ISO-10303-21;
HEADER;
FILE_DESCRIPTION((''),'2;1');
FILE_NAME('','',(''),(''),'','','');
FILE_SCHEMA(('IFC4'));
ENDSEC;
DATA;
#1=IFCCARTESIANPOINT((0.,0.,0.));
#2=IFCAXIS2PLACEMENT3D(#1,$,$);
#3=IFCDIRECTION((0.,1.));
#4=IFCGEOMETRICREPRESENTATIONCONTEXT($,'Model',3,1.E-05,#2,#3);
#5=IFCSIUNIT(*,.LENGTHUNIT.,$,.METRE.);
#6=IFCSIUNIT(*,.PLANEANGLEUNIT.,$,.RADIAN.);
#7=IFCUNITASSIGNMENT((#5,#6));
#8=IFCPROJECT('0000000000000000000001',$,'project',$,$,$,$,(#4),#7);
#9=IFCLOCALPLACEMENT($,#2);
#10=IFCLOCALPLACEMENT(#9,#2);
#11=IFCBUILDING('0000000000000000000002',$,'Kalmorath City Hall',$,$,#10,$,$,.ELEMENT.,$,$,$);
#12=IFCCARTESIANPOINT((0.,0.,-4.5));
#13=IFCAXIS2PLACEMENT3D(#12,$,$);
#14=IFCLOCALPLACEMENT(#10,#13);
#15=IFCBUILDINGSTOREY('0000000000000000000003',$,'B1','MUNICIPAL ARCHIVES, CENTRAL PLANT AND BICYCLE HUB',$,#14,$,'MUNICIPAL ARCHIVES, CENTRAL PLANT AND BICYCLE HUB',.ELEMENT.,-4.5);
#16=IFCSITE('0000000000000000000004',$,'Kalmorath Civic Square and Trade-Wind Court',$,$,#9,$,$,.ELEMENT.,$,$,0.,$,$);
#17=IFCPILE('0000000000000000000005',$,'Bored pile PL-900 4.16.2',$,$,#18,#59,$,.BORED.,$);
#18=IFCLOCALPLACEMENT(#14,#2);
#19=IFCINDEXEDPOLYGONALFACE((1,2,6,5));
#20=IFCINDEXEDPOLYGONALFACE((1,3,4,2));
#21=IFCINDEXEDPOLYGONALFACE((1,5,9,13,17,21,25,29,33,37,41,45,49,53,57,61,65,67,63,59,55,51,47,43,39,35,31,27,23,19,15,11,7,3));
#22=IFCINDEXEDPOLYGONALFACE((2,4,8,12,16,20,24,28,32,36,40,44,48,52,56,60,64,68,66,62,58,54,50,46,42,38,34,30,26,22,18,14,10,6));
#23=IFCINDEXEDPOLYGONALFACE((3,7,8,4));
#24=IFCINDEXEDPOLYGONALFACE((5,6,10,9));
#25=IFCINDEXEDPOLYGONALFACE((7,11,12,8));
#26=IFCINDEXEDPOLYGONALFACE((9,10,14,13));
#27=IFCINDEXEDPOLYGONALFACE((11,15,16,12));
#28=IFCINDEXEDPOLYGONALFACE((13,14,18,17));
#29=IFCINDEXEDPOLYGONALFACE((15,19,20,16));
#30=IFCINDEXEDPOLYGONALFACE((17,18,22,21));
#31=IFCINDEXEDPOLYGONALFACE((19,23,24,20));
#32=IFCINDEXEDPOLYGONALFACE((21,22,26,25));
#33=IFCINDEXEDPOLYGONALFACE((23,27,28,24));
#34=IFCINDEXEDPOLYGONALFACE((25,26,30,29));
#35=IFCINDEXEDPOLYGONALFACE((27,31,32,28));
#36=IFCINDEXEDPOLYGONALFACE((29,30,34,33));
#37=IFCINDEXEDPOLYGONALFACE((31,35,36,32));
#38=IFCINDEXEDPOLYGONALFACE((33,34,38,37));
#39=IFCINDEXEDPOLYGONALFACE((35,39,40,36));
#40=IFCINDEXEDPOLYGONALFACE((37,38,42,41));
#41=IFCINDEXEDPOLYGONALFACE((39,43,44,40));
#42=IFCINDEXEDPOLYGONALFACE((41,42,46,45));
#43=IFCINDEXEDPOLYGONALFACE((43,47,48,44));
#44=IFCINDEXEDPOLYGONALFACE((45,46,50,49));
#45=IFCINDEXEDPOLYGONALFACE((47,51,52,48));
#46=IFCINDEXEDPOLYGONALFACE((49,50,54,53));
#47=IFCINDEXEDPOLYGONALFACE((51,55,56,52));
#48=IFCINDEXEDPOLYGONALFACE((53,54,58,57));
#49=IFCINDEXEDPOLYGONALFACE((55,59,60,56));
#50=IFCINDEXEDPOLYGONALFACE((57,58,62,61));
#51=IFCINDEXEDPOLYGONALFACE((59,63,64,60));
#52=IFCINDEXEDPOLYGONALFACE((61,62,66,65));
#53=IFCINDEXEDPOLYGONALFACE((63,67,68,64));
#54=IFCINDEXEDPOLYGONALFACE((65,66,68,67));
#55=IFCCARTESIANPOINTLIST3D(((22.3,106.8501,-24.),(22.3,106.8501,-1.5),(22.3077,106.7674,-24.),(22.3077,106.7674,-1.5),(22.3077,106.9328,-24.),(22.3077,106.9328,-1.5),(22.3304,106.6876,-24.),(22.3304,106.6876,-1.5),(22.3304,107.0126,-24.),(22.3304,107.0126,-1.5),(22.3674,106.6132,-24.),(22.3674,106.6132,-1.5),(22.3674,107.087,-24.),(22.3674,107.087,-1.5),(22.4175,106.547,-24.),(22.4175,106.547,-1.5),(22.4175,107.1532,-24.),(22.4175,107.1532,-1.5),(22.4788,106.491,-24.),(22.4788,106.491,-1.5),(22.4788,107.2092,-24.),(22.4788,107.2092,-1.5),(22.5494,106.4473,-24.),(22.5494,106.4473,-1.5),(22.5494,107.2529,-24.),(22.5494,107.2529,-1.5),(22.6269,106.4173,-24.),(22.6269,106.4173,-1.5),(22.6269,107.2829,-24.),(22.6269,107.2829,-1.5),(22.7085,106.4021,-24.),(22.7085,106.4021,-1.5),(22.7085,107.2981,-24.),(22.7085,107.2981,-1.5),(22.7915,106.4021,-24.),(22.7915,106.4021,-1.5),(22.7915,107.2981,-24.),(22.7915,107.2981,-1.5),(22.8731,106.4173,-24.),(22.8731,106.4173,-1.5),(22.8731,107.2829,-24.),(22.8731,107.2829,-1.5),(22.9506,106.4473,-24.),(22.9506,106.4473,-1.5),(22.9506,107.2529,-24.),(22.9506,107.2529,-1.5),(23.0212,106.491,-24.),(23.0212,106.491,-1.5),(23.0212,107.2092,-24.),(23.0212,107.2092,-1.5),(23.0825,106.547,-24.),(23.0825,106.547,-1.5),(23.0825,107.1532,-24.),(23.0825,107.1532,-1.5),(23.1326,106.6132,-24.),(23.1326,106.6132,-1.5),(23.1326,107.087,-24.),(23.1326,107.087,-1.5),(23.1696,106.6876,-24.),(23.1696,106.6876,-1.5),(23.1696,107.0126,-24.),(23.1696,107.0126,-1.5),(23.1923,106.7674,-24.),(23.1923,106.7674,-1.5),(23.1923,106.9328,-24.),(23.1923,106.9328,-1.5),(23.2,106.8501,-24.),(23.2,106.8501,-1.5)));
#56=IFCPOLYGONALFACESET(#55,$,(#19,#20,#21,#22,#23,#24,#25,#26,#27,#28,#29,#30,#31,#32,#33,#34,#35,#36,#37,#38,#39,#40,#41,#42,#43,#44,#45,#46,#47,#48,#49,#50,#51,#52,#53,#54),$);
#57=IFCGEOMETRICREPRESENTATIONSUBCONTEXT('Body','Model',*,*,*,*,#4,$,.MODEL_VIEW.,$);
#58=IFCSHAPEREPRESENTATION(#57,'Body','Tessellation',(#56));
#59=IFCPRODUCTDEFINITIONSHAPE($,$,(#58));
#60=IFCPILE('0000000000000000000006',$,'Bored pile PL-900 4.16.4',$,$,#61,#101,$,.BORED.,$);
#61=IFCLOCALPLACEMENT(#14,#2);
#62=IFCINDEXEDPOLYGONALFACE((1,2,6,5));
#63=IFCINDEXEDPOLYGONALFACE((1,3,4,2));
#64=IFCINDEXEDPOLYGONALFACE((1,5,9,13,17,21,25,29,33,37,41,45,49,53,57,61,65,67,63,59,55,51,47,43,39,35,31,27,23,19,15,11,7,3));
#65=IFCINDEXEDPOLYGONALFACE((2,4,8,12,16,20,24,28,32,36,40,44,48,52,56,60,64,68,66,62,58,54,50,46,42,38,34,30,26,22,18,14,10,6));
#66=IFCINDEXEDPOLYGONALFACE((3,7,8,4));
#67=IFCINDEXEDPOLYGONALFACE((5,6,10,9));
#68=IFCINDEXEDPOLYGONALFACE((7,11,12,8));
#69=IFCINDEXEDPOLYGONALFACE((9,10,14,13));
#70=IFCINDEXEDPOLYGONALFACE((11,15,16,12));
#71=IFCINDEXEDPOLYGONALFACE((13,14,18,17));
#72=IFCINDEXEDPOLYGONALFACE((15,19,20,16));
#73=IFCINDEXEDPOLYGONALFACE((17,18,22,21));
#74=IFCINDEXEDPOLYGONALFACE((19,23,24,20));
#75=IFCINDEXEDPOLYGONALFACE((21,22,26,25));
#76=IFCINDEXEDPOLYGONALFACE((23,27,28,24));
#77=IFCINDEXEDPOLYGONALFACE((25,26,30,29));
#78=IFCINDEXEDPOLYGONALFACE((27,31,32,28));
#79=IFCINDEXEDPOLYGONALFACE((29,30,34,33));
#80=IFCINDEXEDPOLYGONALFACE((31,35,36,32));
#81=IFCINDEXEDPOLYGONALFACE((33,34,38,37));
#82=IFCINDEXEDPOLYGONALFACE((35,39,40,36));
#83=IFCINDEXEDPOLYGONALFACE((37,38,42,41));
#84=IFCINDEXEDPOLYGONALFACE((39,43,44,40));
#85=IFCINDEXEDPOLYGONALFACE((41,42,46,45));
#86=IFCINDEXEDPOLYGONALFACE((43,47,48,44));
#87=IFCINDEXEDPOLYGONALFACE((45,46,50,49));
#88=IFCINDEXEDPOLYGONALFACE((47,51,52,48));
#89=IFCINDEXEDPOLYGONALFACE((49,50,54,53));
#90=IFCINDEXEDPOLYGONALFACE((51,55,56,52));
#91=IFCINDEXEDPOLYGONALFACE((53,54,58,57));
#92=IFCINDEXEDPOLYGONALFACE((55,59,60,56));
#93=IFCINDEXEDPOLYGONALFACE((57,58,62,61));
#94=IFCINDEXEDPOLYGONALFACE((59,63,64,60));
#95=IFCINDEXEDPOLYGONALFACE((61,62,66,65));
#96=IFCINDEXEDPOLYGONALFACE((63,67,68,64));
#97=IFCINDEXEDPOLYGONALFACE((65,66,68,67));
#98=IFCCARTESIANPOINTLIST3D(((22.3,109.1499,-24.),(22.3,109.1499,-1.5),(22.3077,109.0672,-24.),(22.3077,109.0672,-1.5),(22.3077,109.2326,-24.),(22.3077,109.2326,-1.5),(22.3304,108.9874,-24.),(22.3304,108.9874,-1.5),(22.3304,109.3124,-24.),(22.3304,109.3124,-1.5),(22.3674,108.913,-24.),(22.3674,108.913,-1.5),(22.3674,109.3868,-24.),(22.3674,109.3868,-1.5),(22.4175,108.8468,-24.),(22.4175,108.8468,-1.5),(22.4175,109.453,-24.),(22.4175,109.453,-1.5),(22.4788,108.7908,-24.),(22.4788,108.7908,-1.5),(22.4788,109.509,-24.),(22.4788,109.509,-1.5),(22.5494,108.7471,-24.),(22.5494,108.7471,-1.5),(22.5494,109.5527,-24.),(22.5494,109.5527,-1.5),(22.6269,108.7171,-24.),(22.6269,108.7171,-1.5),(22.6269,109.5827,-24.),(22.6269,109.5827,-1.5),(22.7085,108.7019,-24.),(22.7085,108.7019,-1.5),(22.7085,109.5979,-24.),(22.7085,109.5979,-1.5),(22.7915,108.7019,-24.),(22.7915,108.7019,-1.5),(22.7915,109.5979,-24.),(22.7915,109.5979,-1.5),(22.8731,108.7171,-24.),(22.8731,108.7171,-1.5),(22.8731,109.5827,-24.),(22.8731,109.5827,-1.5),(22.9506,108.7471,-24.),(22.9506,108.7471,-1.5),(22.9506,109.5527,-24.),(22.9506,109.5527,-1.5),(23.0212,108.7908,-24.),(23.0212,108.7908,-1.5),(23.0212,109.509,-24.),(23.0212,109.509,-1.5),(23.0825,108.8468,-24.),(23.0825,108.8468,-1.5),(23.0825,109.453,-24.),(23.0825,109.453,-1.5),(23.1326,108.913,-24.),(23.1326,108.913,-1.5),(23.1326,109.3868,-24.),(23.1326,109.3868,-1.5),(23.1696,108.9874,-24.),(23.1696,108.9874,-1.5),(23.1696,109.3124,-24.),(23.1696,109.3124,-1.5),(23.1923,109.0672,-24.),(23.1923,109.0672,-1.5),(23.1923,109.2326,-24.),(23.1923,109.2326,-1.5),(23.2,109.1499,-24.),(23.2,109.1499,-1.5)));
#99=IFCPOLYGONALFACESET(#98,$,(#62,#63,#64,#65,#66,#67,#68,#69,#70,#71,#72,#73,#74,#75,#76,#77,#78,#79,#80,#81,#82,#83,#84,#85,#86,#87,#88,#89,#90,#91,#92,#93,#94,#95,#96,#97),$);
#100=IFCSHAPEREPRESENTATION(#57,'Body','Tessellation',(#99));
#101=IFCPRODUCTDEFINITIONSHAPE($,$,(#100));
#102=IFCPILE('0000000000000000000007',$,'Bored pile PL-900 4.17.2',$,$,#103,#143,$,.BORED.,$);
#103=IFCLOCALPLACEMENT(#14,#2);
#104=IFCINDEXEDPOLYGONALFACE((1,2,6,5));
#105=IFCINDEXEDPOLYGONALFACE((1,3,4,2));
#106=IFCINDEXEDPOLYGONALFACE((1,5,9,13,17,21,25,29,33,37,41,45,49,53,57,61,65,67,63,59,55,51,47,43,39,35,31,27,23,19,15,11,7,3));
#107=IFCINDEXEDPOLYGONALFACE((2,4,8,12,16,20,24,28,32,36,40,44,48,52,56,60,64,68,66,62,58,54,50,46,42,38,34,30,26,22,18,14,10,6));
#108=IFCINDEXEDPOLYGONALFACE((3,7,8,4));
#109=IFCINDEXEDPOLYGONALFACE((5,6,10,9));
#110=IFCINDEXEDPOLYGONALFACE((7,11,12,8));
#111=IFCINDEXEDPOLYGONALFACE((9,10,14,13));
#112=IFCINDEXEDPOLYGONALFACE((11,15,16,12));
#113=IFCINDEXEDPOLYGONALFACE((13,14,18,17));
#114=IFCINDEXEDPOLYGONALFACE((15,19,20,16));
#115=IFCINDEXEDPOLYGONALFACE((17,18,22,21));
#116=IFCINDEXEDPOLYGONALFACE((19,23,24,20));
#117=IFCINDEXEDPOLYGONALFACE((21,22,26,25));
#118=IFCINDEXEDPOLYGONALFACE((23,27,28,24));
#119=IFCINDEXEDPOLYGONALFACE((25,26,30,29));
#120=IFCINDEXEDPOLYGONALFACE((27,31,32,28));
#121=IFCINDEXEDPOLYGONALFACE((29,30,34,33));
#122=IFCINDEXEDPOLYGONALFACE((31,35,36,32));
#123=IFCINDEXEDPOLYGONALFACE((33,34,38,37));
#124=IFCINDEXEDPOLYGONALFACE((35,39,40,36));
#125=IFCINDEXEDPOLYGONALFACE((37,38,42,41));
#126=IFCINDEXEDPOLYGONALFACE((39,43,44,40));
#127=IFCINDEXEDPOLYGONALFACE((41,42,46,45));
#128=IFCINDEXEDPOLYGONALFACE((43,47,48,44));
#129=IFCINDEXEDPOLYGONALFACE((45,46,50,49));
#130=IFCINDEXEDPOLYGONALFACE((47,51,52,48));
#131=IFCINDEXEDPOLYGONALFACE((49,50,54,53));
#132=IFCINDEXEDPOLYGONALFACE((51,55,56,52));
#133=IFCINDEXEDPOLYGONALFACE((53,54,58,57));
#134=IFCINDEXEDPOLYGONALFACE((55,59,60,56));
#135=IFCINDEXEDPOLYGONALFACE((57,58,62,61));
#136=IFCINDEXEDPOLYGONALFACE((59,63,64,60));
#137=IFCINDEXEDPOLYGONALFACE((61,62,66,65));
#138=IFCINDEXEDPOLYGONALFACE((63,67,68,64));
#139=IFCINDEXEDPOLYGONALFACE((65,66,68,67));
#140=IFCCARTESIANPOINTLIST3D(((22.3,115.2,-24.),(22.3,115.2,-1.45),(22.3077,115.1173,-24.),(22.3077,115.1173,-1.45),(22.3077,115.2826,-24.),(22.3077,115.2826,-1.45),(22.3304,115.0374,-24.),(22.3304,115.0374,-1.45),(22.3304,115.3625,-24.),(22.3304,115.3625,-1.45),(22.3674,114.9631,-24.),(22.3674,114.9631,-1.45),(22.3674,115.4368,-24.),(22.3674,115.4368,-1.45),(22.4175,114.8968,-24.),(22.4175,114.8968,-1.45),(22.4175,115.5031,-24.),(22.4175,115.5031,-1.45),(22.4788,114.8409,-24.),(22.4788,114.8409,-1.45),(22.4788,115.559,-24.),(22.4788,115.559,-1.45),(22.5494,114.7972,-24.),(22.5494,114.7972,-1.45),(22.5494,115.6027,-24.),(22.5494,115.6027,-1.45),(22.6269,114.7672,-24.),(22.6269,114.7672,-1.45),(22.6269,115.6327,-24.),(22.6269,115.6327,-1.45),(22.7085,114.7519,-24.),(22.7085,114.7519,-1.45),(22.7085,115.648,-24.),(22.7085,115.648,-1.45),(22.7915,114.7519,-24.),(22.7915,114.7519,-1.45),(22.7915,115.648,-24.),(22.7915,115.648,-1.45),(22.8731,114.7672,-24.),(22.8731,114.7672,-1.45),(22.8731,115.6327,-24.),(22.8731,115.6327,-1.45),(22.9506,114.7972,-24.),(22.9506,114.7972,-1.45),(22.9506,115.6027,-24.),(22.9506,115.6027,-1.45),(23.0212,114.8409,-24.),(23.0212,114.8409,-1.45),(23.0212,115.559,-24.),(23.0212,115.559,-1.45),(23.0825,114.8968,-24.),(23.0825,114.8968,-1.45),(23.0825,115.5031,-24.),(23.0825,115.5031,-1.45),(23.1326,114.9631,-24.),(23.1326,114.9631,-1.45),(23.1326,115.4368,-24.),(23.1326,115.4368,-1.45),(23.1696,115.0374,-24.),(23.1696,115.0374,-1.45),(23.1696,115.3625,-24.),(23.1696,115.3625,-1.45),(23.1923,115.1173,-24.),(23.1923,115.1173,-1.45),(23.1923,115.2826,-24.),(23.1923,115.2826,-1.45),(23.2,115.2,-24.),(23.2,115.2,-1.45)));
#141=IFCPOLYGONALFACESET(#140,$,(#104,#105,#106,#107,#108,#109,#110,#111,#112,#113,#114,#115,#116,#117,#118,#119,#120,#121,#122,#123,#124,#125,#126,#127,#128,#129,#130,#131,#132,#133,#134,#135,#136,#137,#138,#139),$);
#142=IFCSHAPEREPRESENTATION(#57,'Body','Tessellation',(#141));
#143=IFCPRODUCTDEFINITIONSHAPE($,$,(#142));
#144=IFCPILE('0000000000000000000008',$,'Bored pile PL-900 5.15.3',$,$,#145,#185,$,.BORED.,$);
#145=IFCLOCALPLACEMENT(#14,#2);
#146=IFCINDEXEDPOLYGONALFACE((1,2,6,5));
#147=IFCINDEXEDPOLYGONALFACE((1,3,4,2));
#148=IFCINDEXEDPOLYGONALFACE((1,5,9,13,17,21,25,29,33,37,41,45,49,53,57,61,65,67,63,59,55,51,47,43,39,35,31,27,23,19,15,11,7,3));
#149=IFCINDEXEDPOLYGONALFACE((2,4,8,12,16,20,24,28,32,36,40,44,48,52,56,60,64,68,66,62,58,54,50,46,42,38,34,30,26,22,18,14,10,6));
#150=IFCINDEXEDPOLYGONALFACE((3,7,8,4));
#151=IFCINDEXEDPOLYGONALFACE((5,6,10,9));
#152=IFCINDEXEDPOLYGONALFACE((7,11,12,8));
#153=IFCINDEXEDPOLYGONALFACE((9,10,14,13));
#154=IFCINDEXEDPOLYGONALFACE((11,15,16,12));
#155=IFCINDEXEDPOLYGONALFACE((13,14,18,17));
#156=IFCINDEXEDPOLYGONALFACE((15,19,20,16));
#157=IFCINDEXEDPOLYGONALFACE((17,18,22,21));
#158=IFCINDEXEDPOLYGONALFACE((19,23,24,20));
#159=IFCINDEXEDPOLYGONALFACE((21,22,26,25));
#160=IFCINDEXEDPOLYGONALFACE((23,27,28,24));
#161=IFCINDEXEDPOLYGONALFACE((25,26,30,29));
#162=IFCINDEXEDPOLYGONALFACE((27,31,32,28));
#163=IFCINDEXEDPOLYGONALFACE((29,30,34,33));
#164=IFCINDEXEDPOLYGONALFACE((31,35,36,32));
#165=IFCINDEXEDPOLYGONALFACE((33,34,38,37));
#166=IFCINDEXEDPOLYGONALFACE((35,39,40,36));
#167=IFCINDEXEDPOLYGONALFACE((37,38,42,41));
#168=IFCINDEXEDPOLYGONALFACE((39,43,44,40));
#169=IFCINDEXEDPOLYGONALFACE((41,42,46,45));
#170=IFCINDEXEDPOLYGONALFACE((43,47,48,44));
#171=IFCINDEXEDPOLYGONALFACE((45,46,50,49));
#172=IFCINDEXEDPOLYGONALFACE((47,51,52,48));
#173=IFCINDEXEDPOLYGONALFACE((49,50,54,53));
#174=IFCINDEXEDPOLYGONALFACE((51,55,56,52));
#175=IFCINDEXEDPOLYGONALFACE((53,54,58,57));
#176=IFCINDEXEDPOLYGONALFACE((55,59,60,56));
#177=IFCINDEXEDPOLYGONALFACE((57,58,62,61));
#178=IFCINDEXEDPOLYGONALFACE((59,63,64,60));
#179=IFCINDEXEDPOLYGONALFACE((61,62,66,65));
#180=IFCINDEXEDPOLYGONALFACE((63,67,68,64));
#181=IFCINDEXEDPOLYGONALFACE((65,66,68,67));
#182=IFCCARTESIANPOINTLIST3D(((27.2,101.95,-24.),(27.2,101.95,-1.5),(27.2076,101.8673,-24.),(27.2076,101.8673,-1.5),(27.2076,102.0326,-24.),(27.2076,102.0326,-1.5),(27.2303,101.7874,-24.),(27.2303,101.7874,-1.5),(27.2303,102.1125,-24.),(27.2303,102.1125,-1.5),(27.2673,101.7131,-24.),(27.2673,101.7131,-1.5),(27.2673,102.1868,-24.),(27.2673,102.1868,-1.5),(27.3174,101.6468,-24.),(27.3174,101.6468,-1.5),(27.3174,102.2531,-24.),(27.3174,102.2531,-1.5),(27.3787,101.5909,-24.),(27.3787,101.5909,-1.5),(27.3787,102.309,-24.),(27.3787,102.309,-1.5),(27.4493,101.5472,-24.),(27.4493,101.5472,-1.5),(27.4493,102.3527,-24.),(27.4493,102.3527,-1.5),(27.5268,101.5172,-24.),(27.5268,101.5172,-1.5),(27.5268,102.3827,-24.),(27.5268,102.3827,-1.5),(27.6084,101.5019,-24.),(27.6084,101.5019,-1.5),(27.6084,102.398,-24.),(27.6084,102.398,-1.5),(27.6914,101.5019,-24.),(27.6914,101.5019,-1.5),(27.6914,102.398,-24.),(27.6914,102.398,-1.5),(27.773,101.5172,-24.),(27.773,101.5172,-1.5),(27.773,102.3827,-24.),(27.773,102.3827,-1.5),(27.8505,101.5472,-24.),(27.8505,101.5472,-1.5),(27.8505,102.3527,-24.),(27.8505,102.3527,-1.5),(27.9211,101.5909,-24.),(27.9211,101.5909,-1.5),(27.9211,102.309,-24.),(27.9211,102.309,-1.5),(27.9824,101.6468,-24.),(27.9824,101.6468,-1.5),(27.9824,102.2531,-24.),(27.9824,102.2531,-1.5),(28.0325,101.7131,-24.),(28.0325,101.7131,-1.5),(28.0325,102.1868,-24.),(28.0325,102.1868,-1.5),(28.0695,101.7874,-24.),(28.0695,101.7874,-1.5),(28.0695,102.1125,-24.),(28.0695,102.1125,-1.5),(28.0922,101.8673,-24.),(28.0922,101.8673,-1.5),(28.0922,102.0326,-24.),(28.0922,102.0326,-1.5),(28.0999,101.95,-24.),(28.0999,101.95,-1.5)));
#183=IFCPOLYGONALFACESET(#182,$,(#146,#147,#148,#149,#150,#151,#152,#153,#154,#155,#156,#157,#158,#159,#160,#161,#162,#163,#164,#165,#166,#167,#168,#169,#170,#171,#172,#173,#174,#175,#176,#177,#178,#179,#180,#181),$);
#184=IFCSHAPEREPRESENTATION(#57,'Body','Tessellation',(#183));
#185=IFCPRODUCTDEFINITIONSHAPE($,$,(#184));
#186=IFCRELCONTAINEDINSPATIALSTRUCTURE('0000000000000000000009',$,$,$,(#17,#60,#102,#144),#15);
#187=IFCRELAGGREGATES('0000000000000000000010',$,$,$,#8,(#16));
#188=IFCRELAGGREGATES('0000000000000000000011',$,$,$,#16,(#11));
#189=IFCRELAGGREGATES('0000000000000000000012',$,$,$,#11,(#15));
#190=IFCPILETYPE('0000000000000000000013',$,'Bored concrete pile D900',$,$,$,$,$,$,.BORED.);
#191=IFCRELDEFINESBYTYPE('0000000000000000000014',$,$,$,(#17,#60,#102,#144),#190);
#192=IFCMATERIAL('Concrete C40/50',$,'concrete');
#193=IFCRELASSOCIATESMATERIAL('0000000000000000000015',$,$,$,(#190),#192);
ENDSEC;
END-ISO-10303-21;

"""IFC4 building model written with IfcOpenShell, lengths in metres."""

from ifc_helpers import new_model, si_unit, direction, frame, origin, origin_2d, place, context, subcontext, project, spatial, circle, extrude, material, material_profile, profile_set, type_object, element, save


model = new_model("IFC4")

# Units and contexts
model_context = context("Model", 3, precision=1e-05, world=origin(), true_north=direction((0.0, 1.0)))
body_context = subcontext(model_context, "Body", "Model", "MODEL_VIEW")
ifc_project = project(units=[si_unit("LENGTHUNIT", "METRE"), si_unit("PLANEANGLEUNIT", "RADIAN")], contexts=[model_context])

# Site, building, storey
site_placement = place(None, origin())
site = spatial("IfcSite", under=ifc_project, at=site_placement, Name="Kalmorath Civic Square and Trade-Wind Court", CompositionType="ELEMENT", RefElevation=0.0)
building_placement = place(site_placement, origin())
building = spatial("IfcBuilding", under=site, at=building_placement, Name="Kalmorath City Hall", CompositionType="ELEMENT")
storey_placement = place(building_placement, frame((0.0, 0.0, -4.5)))
storey = spatial("IfcBuildingStorey", under=building, at=storey_placement, Name="B1", Description="MUNICIPAL ARCHIVES, CENTRAL PLANT AND BICYCLE HUB", LongName="MUNICIPAL ARCHIVES, CENTRAL PLANT AND BICYCLE HUB", CompositionType="ELEMENT", Elevation=-4.5)

# Piles
ifc_material_1 = material(Name="Concrete C40/50", Category="concrete")
ifc_material_profile_1 = material_profile(ifc_material_1, circle(Radius=0.45, at=origin_2d()), Name="PILE-D900")
ifc_profile_set_1 = profile_set([ifc_material_profile_1], Name="Concrete C40/50")
pile_type = type_object("IfcPileType", Name="Bored concrete pile D900", PredefinedType="BORED", material=ifc_profile_set_1)
for number, where, z_axis, x_axis, name in (
    (1, (22.75, 106.8501, -1.5), (0.0, 0.0, -1.0), (1.0, 0.0, 0.0), "Bored pile PL-900 4.16.2"),
    (2, (22.75, 109.1499, -1.5), (0.0, 0.0, -1.0), (1.0, 0.0, 0.0), "Bored pile PL-900 4.16.4"),
):
    element("IfcPile", number, at=place(storey_placement, frame(where, z_axis=z_axis, x_axis=x_axis)), inside=storey, type_object=pile_type, Name=name, PredefinedType="BORED", context=body_context, shape_type="SweptSolid", body=[
        extrude(circle(Radius=0.45, at=origin_2d()), origin(), (0.0, 0.0, 1.0), 22.5),
    ])
pile_1_placement = place(storey_placement, frame((22.75, 115.2, -1.45), z_axis=(0.0, 0.0, -1.0), x_axis=(1.0, 0.0, 0.0)))
element("IfcPile", 3, at=pile_1_placement, inside=storey, type_object=pile_type, Name="Bored pile PL-900 4.17.2", PredefinedType="BORED", context=body_context, shape_type="SweptSolid", body=[
    extrude(circle(Radius=0.45, at=origin_2d()), origin(), (0.0, 0.0, 1.0), 22.55),
])
for number, where, z_axis, x_axis, name in (
    (4, (27.6499, 101.95, -1.5), (0.0, 0.0, -1.0), (1.0, 0.0, 0.0), "Bored pile PL-900 5.15.3"),
):
    element("IfcPile", number, at=place(storey_placement, frame(where, z_axis=z_axis, x_axis=x_axis)), inside=storey, type_object=pile_type, Name=name, PredefinedType="BORED", context=body_context, shape_type="SweptSolid", body=[
        extrude(circle(Radius=0.45, at=origin_2d()), origin(), (0.0, 0.0, 1.0), 22.5),
    ])

save(model, "model.ifc")
